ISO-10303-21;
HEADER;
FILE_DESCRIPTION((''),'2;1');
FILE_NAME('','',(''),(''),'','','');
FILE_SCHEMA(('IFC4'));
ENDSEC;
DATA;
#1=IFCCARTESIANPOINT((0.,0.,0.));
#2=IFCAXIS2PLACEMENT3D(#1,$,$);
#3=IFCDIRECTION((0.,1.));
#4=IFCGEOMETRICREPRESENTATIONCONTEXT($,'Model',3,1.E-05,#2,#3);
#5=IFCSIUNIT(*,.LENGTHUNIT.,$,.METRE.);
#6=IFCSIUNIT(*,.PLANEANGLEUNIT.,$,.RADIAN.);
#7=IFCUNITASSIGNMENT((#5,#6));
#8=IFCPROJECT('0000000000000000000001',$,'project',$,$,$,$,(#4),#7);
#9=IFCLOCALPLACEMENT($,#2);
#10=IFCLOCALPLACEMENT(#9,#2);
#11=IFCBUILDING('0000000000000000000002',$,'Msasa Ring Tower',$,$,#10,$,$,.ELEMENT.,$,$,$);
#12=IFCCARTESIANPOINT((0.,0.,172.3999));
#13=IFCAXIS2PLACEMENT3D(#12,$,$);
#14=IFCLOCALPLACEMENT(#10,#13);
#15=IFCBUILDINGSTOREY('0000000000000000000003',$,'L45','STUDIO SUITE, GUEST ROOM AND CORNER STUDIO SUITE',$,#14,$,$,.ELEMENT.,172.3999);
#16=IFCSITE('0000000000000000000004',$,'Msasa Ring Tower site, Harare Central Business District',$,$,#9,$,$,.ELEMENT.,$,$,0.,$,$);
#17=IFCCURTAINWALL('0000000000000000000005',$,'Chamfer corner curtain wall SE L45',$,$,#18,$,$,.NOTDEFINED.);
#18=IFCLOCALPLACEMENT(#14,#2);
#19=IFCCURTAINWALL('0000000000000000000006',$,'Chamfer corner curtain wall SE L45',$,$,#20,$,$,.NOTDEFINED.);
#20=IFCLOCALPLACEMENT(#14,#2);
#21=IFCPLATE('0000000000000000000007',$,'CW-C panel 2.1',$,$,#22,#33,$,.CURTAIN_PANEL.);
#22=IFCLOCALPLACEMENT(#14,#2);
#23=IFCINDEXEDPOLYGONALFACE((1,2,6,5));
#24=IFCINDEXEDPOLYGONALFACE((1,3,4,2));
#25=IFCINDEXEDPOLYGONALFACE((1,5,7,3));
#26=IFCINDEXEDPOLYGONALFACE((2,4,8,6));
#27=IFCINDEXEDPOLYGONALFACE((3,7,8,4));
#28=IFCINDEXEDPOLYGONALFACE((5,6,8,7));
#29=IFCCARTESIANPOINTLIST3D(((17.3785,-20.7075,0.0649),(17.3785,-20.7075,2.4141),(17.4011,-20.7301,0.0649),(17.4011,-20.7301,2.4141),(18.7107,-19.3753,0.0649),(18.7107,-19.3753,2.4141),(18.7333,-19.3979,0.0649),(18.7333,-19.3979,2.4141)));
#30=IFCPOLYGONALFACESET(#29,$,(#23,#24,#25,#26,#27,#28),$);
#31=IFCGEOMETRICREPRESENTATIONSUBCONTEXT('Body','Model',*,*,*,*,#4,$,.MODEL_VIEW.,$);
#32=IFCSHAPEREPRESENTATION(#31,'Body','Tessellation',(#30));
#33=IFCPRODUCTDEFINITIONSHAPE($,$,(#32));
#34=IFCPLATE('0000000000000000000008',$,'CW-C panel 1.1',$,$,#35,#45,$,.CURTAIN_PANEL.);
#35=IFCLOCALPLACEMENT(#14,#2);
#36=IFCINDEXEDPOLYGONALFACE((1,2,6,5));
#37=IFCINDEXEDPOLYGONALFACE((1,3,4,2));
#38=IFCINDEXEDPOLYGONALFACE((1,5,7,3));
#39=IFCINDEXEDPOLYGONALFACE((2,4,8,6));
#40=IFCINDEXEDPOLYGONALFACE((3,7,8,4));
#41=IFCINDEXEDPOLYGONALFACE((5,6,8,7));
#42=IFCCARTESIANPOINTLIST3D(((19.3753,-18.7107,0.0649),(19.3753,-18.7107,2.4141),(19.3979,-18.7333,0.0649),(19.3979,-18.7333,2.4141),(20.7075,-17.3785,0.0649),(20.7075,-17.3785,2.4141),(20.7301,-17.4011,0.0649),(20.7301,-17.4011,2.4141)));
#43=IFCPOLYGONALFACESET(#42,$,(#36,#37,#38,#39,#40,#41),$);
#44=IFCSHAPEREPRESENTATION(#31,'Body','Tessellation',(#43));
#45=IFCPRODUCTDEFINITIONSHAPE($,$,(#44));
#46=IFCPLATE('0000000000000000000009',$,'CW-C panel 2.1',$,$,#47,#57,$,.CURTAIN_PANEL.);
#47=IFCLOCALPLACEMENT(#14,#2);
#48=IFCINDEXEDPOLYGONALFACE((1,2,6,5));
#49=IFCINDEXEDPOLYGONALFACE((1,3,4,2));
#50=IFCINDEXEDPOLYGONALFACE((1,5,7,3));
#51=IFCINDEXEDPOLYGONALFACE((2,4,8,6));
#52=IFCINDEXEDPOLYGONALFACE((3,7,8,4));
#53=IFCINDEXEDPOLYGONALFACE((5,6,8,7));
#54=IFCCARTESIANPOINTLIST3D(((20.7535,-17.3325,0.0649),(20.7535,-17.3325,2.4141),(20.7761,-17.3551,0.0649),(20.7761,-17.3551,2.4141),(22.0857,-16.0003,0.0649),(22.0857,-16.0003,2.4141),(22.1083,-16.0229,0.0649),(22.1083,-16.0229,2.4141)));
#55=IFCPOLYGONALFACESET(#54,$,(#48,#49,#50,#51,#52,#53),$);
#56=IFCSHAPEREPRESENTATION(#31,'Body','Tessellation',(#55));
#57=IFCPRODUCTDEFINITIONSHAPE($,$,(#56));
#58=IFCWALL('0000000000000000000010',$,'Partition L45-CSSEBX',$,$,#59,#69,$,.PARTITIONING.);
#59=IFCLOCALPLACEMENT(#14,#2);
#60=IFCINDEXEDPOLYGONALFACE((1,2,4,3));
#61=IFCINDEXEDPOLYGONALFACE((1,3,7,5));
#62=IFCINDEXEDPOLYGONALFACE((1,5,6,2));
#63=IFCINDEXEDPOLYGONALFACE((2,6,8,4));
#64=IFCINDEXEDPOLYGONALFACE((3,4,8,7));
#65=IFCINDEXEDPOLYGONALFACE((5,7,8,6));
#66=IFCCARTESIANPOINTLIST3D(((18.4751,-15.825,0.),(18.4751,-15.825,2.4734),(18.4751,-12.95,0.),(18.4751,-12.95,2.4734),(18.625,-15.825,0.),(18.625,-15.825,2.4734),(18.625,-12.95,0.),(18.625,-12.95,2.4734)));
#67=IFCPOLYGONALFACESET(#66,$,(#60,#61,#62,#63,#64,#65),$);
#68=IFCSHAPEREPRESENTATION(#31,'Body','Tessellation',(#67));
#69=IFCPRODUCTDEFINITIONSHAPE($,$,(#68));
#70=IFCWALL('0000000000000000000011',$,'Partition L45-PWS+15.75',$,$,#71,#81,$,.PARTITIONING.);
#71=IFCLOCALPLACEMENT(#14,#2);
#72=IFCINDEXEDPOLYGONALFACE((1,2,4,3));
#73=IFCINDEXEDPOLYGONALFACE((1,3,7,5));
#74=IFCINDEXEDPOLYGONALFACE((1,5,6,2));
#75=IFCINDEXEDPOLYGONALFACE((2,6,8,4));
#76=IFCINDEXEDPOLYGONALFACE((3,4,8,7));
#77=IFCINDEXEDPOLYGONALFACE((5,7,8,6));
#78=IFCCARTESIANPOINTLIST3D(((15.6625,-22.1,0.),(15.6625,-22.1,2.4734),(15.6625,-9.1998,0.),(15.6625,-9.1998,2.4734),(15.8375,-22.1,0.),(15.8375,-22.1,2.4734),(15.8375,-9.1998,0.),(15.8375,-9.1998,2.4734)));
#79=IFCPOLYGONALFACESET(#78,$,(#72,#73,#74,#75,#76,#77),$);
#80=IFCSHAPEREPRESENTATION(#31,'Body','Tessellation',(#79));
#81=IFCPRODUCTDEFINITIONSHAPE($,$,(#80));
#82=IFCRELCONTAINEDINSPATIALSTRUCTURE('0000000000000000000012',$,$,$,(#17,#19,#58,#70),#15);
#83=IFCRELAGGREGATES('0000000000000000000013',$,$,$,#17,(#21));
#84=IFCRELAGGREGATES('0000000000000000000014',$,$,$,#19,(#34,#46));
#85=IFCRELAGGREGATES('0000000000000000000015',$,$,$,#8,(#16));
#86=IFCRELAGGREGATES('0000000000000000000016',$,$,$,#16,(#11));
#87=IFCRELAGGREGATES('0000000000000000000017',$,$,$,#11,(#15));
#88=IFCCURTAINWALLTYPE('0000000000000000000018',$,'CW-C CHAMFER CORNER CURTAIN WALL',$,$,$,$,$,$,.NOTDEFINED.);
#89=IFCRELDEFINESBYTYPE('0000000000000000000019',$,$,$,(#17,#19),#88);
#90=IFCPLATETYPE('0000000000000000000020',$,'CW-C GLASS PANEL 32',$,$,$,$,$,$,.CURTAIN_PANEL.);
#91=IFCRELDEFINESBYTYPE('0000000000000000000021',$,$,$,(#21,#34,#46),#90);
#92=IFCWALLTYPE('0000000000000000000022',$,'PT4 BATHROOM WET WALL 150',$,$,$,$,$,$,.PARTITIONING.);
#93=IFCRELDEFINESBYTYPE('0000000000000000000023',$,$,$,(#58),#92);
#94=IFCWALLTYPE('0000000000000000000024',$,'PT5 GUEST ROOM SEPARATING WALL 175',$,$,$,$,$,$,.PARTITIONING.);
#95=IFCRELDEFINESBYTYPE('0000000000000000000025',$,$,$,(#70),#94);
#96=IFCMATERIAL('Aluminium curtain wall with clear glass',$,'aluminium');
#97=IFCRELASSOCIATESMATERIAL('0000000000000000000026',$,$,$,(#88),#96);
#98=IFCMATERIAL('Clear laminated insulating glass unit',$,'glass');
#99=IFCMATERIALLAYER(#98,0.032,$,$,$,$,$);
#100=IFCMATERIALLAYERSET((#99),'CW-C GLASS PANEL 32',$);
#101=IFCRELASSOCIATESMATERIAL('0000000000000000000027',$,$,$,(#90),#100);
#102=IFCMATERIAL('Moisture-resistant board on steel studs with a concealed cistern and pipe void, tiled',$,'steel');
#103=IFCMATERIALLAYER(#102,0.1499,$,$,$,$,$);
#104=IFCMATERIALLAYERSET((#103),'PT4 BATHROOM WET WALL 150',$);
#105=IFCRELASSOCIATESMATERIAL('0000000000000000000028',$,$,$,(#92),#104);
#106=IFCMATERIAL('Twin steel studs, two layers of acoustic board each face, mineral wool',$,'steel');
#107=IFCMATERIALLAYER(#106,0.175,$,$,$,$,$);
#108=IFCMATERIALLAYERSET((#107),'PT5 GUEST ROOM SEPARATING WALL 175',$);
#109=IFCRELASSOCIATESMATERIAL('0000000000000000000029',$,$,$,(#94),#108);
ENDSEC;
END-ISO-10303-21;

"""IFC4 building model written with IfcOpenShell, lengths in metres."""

from ifc_helpers import new_model, si_unit, direction, frame, frame_2d, origin, origin_2d, place, context, subcontext, project, spatial, rectangle, extrude, material, layer, layer_set, type_object, element, aggregate, save


model = new_model("IFC4")

# Units and contexts
model_context = context("Model", 3, precision=1e-05, world=origin(), true_north=direction((0.0, 1.0)))
body_context = subcontext(model_context, "Body", "Model", "MODEL_VIEW")
ifc_project = project(units=[si_unit("LENGTHUNIT", "METRE"), si_unit("PLANEANGLEUNIT", "RADIAN")], contexts=[model_context])

# Site, building, storey
site_placement = place(None, origin())
site = spatial("IfcSite", under=ifc_project, at=site_placement, Name="Msasa Ring Tower site, Harare Central Business District", CompositionType="ELEMENT", RefElevation=0.0)
building_placement = place(site_placement, origin())
building = spatial("IfcBuilding", under=site, at=building_placement, Name="Msasa Ring Tower", CompositionType="ELEMENT")
storey_placement = place(building_placement, frame((0.0, 0.0, 172.3999)))
storey = spatial("IfcBuildingStorey", under=building, at=storey_placement, Name="L45", Description="STUDIO SUITE, GUEST ROOM AND CORNER STUDIO SUITE", CompositionType="ELEMENT", Elevation=172.3999)

# Curtain walls
ifc_material_1 = material(Name="Aluminium curtain wall with clear glass", Category="aluminium")
curtain_wall_type = type_object("IfcCurtainWallType", Name="CW-C CHAMFER CORNER CURTAIN WALL", PredefinedType="NOTDEFINED", material=ifc_material_1)
curtain_wall_1_placement = place(storey_placement, origin())
curtain_wall_1 = element("IfcCurtainWall", 1, at=curtain_wall_1_placement, inside=storey, type_object=curtain_wall_type, Name="Chamfer corner curtain wall SE L45", PredefinedType="NOTDEFINED")
curtain_wall_2_placement = place(storey_placement, origin())
curtain_wall_2 = element("IfcCurtainWall", 2, at=curtain_wall_2_placement, inside=storey, type_object=curtain_wall_type, Name="Chamfer corner curtain wall SE L45", PredefinedType="NOTDEFINED")

# Plates
ifc_material_2 = material(Name="Clear laminated insulating glass unit", Category="glass")
ifc_layer_1 = layer(ifc_material_2, 0.032)
ifc_layer_set_1 = layer_set([ifc_layer_1], Name="CW-C GLASS PANEL 32")
plate_type = type_object("IfcPlateType", Name="CW-C GLASS PANEL 32", PredefinedType="CURTAIN_PANEL", material=ifc_layer_set_1)
plate_1_placement = place(storey_placement, frame((18.0559, -20.0527, 0.0649), z_axis=(0.0, 0.0, 1.0), x_axis=(0.707107, 0.707107, 0.0)))
plate_1 = element("IfcPlate", 3, at=plate_1_placement, type_object=plate_type, Name="CW-C panel 2.1", PredefinedType="CURTAIN_PANEL", context=body_context, shape_type="SweptSolid", body=[
    extrude(rectangle(XDim=1.884, YDim=0.032, at=origin_2d()), origin(), (0.0, 0.0, 1.0), 2.3491),
])
aggregate(curtain_wall_1, [plate_1])
plate_2_placement = place(storey_placement, frame((20.0527, -18.0559, 0.0649), z_axis=(0.0, 0.0, 1.0), x_axis=(0.707107, 0.707107, 0.0)))
plate_2 = element("IfcPlate", 4, at=plate_2_placement, type_object=plate_type, Name="CW-C panel 1.1", PredefinedType="CURTAIN_PANEL", context=body_context, shape_type="SweptSolid", body=[
    extrude(rectangle(XDim=1.884, YDim=0.032, at=origin_2d()), origin(), (0.0, 0.0, 1.0), 2.3491),
])
plate_3_placement = place(storey_placement, frame((21.4309, -16.6777, 0.0649), z_axis=(0.0, 0.0, 1.0), x_axis=(0.707107, 0.707107, 0.0)))
plate_3 = element("IfcPlate", 5, at=plate_3_placement, type_object=plate_type, Name="CW-C panel 2.1", PredefinedType="CURTAIN_PANEL", context=body_context, shape_type="SweptSolid", body=[
    extrude(rectangle(XDim=1.884, YDim=0.032, at=origin_2d()), origin(), (0.0, 0.0, 1.0), 2.3491),
])
aggregate(curtain_wall_2, [plate_2, plate_3])

# Walls
ifc_material_3 = material(Name="Moisture-resistant board on steel studs with a concealed cistern and pipe void, tiled", Category="steel")
ifc_layer_2 = layer(ifc_material_3, 0.1499)
ifc_layer_set_2 = layer_set([ifc_layer_2], Name="PT4 BATHROOM WET WALL 150")
wall_type_1 = type_object("IfcWallType", Name="PT4 BATHROOM WET WALL 150", PredefinedType="PARTITIONING", material=ifc_layer_set_2)
wall_1_placement = place(storey_placement, frame((18.55, -15.825, 0.0), z_axis=(0.0, 0.0, 1.0), x_axis=(0.0, 1.0, 0.0)))
element("IfcWall", 6, at=wall_1_placement, inside=storey, type_object=wall_type_1, Name="Partition L45-CSSEBX", PredefinedType="PARTITIONING", context=body_context, shape_type="SweptSolid", body=[
    extrude(rectangle(XDim=2.875, YDim=0.1499, at=frame_2d((1.4375, 0.0))), origin(), (0.0, 0.0, 1.0), 2.4734),
])
ifc_material_4 = material(Name="Twin steel studs, two layers of acoustic board each face, mineral wool", Category="steel")
ifc_layer_3 = layer(ifc_material_4, 0.175)
ifc_layer_set_3 = layer_set([ifc_layer_3], Name="PT5 GUEST ROOM SEPARATING WALL 175")
wall_type_2 = type_object("IfcWallType", Name="PT5 GUEST ROOM SEPARATING WALL 175", PredefinedType="PARTITIONING", material=ifc_layer_set_3)
wall_2_placement = place(storey_placement, frame((15.75, -22.1001, 0.0), z_axis=(0.0, 0.0, 1.0), x_axis=(0.0, 1.0, 0.0)))
element("IfcWall", 7, at=wall_2_placement, inside=storey, type_object=wall_type_2, Name="Partition L45-PWS+15.75", PredefinedType="PARTITIONING", context=body_context, shape_type="SweptSolid", body=[
    extrude(rectangle(XDim=12.9001, YDim=0.175, at=frame_2d((6.4502, 0.0))), origin(), (0.0, 0.0, 1.0), 2.4734),
])

save(model, "model.ifc")
